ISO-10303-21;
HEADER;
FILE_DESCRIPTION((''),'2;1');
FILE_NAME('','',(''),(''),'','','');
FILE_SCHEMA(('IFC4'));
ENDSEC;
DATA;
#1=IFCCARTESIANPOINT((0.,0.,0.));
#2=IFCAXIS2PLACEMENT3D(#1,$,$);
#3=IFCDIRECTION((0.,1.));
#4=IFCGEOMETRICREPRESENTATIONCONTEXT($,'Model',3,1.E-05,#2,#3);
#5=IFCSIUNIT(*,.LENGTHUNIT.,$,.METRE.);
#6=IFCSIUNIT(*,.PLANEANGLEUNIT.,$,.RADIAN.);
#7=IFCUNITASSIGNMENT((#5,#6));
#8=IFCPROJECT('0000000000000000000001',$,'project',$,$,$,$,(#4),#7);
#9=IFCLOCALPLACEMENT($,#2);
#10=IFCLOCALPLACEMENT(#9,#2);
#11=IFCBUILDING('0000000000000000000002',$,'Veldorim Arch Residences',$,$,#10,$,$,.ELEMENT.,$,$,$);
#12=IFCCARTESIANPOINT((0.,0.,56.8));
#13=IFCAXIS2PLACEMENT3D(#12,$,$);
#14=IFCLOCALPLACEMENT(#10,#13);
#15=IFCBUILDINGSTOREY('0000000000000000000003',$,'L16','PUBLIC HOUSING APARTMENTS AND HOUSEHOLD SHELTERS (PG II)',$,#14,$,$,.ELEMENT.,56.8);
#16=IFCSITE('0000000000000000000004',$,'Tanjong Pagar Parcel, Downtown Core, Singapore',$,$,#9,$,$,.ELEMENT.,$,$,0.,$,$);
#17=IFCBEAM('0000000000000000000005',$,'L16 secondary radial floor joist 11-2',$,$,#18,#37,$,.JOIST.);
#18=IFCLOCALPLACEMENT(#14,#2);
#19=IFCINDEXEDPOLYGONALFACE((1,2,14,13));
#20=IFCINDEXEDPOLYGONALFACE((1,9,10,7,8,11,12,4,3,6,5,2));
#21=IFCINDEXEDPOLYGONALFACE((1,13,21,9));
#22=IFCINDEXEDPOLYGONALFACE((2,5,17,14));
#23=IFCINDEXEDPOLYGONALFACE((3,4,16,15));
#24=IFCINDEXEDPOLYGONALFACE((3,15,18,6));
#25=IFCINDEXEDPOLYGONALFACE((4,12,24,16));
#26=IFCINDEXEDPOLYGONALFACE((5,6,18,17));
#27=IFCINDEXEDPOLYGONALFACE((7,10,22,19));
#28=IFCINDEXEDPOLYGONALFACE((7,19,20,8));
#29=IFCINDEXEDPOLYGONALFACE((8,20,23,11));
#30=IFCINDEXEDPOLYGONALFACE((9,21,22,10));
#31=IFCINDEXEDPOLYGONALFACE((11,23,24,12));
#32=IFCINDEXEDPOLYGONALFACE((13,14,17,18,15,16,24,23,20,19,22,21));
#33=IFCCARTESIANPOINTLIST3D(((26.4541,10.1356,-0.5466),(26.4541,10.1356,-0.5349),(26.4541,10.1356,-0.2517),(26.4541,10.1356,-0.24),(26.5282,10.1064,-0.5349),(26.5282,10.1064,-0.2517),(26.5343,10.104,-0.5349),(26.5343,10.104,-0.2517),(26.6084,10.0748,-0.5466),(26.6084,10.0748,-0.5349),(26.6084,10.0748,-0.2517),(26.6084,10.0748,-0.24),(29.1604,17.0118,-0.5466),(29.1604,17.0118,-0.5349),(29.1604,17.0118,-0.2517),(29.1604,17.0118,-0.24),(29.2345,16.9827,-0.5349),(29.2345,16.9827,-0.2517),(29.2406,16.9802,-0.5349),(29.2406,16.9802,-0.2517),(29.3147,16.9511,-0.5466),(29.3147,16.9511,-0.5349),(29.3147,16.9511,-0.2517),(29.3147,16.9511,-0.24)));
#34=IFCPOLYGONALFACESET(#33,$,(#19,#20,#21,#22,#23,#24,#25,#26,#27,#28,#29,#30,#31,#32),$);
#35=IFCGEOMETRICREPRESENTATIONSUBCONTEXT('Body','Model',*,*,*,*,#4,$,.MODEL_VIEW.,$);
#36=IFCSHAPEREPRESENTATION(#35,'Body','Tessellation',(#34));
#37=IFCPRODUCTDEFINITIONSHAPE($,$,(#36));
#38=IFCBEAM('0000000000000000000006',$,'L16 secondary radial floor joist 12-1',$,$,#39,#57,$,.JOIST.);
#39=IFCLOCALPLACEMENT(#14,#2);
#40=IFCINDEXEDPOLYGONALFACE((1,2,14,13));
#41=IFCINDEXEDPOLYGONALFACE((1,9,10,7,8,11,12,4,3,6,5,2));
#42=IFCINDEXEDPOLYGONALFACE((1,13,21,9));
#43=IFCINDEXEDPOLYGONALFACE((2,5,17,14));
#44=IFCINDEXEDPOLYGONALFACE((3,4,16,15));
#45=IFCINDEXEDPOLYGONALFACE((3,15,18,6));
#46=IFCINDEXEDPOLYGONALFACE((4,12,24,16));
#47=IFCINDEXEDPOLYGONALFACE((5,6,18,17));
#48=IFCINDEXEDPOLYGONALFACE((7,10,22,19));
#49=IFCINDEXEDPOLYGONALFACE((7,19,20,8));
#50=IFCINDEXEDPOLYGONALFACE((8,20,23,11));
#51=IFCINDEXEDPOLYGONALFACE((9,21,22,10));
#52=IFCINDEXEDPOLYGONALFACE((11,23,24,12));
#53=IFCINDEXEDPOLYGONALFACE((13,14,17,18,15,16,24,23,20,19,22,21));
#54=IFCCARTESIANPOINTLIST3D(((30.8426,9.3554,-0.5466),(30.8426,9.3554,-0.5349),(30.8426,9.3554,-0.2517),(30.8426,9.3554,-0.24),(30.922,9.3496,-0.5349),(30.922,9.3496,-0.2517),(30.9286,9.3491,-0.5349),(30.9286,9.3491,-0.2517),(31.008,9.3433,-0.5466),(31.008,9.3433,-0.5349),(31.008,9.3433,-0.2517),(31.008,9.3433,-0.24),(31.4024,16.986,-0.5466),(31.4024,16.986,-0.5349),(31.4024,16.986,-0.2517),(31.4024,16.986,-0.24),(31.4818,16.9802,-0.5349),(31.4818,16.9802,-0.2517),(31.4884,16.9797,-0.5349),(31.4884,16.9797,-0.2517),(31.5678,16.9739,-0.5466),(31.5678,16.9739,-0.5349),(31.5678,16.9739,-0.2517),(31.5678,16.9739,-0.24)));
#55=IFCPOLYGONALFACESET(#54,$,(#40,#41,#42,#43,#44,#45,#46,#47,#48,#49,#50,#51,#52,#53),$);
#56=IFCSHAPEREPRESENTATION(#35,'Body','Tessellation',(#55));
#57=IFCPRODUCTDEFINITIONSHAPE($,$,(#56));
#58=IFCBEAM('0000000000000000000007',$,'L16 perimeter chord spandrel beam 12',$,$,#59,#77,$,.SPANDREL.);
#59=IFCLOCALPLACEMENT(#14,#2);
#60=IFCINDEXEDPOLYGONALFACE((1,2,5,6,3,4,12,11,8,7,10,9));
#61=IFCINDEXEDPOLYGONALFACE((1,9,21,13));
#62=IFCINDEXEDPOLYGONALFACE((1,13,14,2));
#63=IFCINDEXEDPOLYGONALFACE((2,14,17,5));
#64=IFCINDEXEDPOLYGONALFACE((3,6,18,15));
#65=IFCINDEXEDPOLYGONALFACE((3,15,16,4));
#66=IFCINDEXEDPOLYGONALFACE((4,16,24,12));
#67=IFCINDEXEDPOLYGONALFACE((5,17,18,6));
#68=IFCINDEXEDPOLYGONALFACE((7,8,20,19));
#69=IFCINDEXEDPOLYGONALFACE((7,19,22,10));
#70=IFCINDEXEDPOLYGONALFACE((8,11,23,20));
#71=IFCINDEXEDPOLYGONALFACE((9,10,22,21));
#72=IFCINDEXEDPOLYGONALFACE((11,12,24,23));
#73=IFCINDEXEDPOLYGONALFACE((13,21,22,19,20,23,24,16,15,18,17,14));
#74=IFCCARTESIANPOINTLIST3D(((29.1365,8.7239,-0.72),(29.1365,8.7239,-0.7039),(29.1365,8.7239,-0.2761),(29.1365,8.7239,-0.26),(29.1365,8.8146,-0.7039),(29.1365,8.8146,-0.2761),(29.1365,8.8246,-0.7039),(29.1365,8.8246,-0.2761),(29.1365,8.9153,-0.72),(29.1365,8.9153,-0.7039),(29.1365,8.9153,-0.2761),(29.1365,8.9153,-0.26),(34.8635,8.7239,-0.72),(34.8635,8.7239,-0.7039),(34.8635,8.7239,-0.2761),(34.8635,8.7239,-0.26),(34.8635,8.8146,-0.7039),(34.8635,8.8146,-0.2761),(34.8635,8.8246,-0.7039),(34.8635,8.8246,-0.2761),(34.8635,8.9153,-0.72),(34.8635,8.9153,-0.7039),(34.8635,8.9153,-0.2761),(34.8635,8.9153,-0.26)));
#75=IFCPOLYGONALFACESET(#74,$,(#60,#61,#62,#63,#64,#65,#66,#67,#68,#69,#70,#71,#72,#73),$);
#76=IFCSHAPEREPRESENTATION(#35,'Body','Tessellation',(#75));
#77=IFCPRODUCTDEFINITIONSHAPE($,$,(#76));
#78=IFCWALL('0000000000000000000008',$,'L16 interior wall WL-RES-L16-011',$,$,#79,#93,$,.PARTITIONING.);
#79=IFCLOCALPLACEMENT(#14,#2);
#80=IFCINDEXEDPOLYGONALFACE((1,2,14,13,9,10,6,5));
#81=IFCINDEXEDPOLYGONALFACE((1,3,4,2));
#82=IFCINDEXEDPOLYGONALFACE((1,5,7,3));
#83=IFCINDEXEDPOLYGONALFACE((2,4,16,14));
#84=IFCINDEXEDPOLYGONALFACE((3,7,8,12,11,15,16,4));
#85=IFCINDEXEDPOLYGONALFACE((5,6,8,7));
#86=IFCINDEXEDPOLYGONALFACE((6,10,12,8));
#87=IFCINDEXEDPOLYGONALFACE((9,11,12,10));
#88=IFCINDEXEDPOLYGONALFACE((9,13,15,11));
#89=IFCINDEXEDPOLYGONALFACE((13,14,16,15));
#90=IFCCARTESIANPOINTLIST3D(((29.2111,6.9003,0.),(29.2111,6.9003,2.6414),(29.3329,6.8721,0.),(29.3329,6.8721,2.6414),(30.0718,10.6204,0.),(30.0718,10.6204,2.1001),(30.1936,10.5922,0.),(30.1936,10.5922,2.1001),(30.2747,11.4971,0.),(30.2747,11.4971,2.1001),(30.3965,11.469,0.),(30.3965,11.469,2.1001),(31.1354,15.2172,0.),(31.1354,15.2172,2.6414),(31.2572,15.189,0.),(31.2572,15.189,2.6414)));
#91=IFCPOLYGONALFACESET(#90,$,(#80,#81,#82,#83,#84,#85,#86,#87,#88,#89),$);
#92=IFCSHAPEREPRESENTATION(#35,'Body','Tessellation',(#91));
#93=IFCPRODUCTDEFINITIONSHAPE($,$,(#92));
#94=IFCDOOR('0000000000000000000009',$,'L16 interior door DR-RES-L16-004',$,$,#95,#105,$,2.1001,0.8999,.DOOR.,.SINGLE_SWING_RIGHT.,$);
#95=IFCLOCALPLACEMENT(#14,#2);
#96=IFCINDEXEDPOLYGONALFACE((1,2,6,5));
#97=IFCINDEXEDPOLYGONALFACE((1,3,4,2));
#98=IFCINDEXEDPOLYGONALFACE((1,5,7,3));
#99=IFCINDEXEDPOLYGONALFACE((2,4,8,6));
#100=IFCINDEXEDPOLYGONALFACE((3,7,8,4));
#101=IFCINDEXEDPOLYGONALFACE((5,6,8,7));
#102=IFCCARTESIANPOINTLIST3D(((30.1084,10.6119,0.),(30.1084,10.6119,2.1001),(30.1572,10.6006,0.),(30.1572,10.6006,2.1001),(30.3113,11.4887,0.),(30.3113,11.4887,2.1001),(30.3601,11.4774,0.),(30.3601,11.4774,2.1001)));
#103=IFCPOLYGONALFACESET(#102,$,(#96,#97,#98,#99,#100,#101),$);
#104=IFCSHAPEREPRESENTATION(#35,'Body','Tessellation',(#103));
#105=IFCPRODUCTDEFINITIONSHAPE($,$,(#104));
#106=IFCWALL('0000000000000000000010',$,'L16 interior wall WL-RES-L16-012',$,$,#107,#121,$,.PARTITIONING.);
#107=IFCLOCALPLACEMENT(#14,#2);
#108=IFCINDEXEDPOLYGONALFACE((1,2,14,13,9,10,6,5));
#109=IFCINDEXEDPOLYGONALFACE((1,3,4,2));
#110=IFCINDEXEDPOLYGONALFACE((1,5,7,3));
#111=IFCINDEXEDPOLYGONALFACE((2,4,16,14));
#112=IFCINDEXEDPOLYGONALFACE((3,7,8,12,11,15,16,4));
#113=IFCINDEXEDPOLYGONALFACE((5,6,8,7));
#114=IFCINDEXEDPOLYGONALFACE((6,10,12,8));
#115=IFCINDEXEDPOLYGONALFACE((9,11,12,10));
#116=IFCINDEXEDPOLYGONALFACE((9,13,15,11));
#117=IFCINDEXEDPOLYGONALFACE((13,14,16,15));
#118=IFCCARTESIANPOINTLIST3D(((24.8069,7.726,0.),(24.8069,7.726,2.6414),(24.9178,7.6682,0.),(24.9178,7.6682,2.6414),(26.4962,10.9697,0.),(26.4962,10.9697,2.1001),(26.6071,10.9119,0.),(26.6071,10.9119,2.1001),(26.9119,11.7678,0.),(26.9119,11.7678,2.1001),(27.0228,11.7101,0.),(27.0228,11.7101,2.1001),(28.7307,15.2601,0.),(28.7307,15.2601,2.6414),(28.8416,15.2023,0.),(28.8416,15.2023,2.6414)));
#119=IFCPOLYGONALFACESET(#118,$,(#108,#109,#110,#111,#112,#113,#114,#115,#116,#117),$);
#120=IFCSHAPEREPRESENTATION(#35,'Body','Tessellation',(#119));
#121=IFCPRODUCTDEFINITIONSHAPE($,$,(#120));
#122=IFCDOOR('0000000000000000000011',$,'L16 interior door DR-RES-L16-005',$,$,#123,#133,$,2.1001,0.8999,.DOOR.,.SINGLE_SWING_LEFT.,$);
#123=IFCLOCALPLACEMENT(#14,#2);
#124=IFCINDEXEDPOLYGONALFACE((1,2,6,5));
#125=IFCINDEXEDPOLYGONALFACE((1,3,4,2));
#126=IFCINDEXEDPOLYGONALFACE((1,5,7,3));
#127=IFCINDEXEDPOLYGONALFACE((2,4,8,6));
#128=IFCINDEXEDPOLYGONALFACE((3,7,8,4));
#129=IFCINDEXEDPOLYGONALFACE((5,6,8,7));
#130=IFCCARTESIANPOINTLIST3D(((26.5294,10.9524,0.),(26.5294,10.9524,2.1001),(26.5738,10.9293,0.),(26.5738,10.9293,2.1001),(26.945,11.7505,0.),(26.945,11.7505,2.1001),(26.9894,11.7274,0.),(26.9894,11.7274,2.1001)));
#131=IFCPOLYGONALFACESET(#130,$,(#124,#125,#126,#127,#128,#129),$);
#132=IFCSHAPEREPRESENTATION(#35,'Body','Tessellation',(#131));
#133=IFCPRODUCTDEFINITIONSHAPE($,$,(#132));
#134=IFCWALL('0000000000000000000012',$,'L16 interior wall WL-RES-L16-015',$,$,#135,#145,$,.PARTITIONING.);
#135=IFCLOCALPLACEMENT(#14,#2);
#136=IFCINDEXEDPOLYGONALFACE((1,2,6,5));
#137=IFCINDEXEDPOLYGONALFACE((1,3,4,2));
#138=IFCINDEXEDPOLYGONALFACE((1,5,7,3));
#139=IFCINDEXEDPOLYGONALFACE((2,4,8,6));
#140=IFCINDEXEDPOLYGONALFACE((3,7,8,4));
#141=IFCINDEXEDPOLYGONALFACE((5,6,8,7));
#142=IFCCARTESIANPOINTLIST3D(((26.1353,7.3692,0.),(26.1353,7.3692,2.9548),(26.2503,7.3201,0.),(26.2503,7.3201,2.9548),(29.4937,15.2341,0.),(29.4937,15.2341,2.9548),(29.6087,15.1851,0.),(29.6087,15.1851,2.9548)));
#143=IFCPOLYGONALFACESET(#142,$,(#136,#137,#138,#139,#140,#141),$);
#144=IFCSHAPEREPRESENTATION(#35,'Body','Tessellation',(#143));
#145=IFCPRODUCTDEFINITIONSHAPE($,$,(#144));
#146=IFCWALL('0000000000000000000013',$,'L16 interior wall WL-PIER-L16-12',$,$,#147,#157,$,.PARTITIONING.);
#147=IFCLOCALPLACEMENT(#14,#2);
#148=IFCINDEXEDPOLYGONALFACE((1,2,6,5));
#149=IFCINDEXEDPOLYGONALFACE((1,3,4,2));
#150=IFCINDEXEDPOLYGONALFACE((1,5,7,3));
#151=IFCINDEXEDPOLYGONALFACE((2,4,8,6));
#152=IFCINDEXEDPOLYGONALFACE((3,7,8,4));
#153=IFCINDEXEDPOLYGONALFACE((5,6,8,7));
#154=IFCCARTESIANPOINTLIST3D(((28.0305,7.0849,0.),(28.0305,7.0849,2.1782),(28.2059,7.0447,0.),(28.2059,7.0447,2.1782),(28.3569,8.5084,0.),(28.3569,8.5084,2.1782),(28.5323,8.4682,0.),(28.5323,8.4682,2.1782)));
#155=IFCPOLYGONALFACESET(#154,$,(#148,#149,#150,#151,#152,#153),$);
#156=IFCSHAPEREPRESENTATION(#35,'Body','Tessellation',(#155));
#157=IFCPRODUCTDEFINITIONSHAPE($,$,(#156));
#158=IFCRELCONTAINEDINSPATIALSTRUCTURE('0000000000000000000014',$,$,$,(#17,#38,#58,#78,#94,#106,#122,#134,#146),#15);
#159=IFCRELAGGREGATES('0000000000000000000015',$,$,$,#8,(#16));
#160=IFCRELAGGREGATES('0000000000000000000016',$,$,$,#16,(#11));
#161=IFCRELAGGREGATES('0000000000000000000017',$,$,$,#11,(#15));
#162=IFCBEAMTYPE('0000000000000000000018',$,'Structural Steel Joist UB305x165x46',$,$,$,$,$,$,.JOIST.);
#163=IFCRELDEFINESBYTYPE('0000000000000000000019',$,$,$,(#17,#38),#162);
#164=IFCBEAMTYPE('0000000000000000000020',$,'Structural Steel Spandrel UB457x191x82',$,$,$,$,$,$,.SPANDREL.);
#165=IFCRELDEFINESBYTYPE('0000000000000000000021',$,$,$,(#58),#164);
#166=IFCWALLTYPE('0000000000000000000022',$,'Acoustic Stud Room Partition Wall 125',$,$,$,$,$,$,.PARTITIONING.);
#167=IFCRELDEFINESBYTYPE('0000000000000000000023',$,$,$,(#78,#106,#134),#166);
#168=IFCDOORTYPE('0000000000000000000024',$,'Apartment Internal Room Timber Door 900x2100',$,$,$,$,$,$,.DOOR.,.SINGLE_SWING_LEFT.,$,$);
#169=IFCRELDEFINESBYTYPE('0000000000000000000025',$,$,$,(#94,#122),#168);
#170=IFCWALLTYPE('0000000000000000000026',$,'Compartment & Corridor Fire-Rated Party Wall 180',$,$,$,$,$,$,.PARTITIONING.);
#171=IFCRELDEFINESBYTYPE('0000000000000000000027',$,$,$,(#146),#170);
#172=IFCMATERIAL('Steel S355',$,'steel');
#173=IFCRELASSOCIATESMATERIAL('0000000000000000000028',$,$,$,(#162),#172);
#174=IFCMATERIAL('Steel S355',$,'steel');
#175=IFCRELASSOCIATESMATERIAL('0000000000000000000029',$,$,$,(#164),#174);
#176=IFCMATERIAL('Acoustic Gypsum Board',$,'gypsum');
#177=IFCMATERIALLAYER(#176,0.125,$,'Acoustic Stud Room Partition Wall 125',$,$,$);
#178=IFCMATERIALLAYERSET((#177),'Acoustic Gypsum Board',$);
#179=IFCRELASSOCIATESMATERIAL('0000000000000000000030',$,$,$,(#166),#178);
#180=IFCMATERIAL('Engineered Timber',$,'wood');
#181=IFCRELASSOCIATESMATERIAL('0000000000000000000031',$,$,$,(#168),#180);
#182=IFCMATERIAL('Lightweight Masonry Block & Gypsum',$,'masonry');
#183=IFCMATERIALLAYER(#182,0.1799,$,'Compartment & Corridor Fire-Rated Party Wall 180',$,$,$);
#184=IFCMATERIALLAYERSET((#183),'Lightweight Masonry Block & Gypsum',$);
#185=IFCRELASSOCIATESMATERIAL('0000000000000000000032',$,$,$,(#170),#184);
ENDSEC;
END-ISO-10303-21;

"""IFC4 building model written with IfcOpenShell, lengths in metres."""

from ifc_helpers import new_model, si_unit, direction, frame, frame_2d, origin, origin_2d, place, context, subcontext, project, spatial, rectangle, i_section, extrude, material, layer, layer_set, material_profile, profile_set, type_object, element, fill, save


model = new_model("IFC4")

# Units and contexts
model_context = context("Model", 3, precision=1e-05, world=origin(), true_north=direction((0.0, 1.0)))
body_context = subcontext(model_context, "Body", "Model", "MODEL_VIEW")
ifc_project = project(units=[si_unit("LENGTHUNIT", "METRE"), si_unit("PLANEANGLEUNIT", "RADIAN")], contexts=[model_context])

# Site, building, storey
site_placement = place(None, origin())
site = spatial("IfcSite", under=ifc_project, at=site_placement, Name="Tanjong Pagar Parcel, Downtown Core, Singapore", CompositionType="ELEMENT", RefElevation=0.0)
building_placement = place(site_placement, origin())
building = spatial("IfcBuilding", under=site, at=building_placement, Name="Veldorim Arch Residences", CompositionType="ELEMENT")
storey_placement = place(building_placement, frame((0.0, 0.0, 56.8)))
storey = spatial("IfcBuildingStorey", under=building, at=storey_placement, Name="L16", Description="PUBLIC HOUSING APARTMENTS AND HOUSEHOLD SHELTERS (PG II)", CompositionType="ELEMENT", Elevation=56.8)

# Beams
ifc_material_1 = material(Name="Steel S355", Category="steel")
ifc_material_profile_1 = material_profile(ifc_material_1, i_section(OverallWidth=0.1658, OverallDepth=0.3066, WebThickness=0.0066, FlangeThickness=0.0117, at=origin_2d()), Name="UB305x165x46")
ifc_profile_set_1 = profile_set([ifc_material_profile_1], Name="Steel S355")
beam_type_1 = type_object("IfcBeamType", Name="Structural Steel Joist UB305x165x46", PredefinedType="JOIST", material=ifc_profile_set_1)
beam_1_placement = place(storey_placement, frame((29.2375, 16.9814, -0.3933), z_axis=(-0.36623, -0.930524, 0.0), x_axis=(0.930524, -0.36623, 0.0)))
element("IfcBeam", 1, at=beam_1_placement, inside=storey, type_object=beam_type_1, Name="L16 secondary radial floor joist 11-2", PredefinedType="JOIST", context=body_context, shape_type="SweptSolid", body=[
    extrude(i_section(OverallWidth=0.1658, OverallDepth=0.3066, WebThickness=0.0066, FlangeThickness=0.0117, at=origin_2d()), origin(), (0.0, 0.0, 1.0), 7.3896),
])
beam_2_placement = place(storey_placement, frame((31.4851, 16.98, -0.3933), z_axis=(-0.073168, -0.99732, 0.0), x_axis=(0.99732, -0.073168, 0.0)))
element("IfcBeam", 2, at=beam_2_placement, inside=storey, type_object=beam_type_1, Name="L16 secondary radial floor joist 12-1", PredefinedType="JOIST", context=body_context, shape_type="SweptSolid", body=[
    extrude(i_section(OverallWidth=0.1658, OverallDepth=0.3066, WebThickness=0.0066, FlangeThickness=0.0117, at=origin_2d()), origin(), (0.0, 0.0, 1.0), 7.6511),
])
ifc_material_2 = material(Name="Steel S355", Category="steel")
ifc_material_profile_2 = material_profile(ifc_material_2, i_section(OverallWidth=0.1914, OverallDepth=0.46, WebThickness=0.01, FlangeThickness=0.0161, at=origin_2d()), Name="UB457x191x82")
ifc_profile_set_2 = profile_set([ifc_material_profile_2], Name="Steel S355")
beam_type_2 = type_object("IfcBeamType", Name="Structural Steel Spandrel UB457x191x82", PredefinedType="SPANDREL", material=ifc_profile_set_2)
beam_3_placement = place(storey_placement, frame((29.1365, 8.8196, -0.49), z_axis=(1.0, 0.0, 0.0), x_axis=(0.0, 1.0, 0.0)))
element("IfcBeam", 3, at=beam_3_placement, inside=storey, type_object=beam_type_2, Name="L16 perimeter chord spandrel beam 12", PredefinedType="SPANDREL", context=body_context, shape_type="SweptSolid", body=[
    extrude(i_section(OverallWidth=0.1914, OverallDepth=0.46, WebThickness=0.01, FlangeThickness=0.0161, at=origin_2d()), origin(), (0.0, 0.0, 1.0), 5.7271),
])

# Walls, openings, doors
ifc_material_3 = material(Name="Acoustic Gypsum Board", Category="gypsum")
ifc_layer_1 = layer(ifc_material_3, 0.125, Name="Acoustic Stud Room Partition Wall 125")
ifc_layer_set_1 = layer_set([ifc_layer_1], Name="Acoustic Gypsum Board")
wall_type_1 = type_object("IfcWallType", Name="Acoustic Stud Room Partition Wall 125", PredefinedType="PARTITIONING", material=ifc_layer_set_1)
wall_1_placement = place(storey_placement, frame((29.272, 6.8862, 0.0), z_axis=(0.0, 0.0, 1.0), x_axis=(0.225419, 0.974262, 0.0)))
wall_1 = element("IfcWall", 4, at=wall_1_placement, inside=storey, type_object=wall_type_1, Name="L16 interior wall WL-RES-L16-011", PredefinedType="PARTITIONING", context=body_context, shape_type="SweptSolid", body=[
    extrude(rectangle(XDim=8.5366, YDim=0.125, at=frame_2d((4.2683, 0.0))), origin(), (0.0, 0.0, 1.0), 2.6414),
])
opening_1_placement = place(wall_1_placement, frame((3.8184, 0.0, 0.0)))
opening_1 = element("IfcOpeningElement", 5, at=opening_1_placement, cuts=wall_1, PredefinedType="OPENING", context=body_context, shape_type="SweptSolid", body=[
    extrude(rectangle(XDim=0.8999, YDim=2.1001, at=frame_2d((0.45, 1.05))), frame((0.0, 0.0725, 0.0), z_axis=(0.0, -1.0, 0.0), x_axis=(1.0, 0.0, 0.0)), (0.0, 0.0, 1.0), 0.145),
])
ifc_material_4 = material(Name="Engineered Timber", Category="wood")
door_type_1 = type_object("IfcDoorType", Name="Apartment Internal Room Timber Door 900x2100", OperationType="SINGLE_SWING_LEFT", PredefinedType="DOOR", material=ifc_material_4)
door_1_placement = place(opening_1_placement, origin())
door_1 = element("IfcDoor", 6, at=door_1_placement, inside=storey, type_object=door_type_1, Name="L16 interior door DR-RES-L16-004", OperationType="SINGLE_SWING_RIGHT", OverallHeight=2.1001, OverallWidth=0.8999, PredefinedType="DOOR", context=body_context, shape_type="SweptSolid", body=[
    extrude(rectangle(XDim=0.8999, YDim=2.1001, at=frame_2d((0.45, 1.05))), frame((0.0, 0.0249, 0.0), z_axis=(0.0, -1.0, 0.0), x_axis=(1.0, 0.0, 0.0)), (0.0, 0.0, 1.0), 0.05),
])
fill(opening_1, door_1)
wall_2_placement = place(storey_placement, frame((28.7861, 15.2312, 0.0), z_axis=(0.0, 0.0, 1.0), x_axis=(-0.461914, -0.886925, 0.0)))
wall_2 = element("IfcWall", 7, at=wall_2_placement, inside=storey, type_object=wall_type_1, Name="L16 interior wall WL-RES-L16-012", PredefinedType="PARTITIONING", context=body_context, shape_type="SweptSolid", body=[
    extrude(rectangle(XDim=8.4946, YDim=0.125, at=frame_2d((4.2473, 0.0))), origin(), (0.0, 0.0, 1.0), 2.6414),
])
opening_2_placement = place(wall_2_placement, frame((3.9375, 0.0, 0.0)))
opening_2 = element("IfcOpeningElement", 8, at=opening_2_placement, cuts=wall_2, PredefinedType="OPENING", context=body_context, shape_type="SweptSolid", body=[
    extrude(rectangle(XDim=0.8999, YDim=2.1001, at=frame_2d((0.45, 1.05))), frame((0.0, 0.0725, 0.0), z_axis=(0.0, -1.0, 0.0), x_axis=(1.0, 0.0, 0.0)), (0.0, 0.0, 1.0), 0.145),
])
door_2_placement = place(opening_2_placement, origin())
door_2 = element("IfcDoor", 9, at=door_2_placement, inside=storey, type_object=door_type_1, Name="L16 interior door DR-RES-L16-005", OperationType="SINGLE_SWING_LEFT", OverallHeight=2.1001, OverallWidth=0.8999, PredefinedType="DOOR", context=body_context, shape_type="SweptSolid", body=[
    extrude(rectangle(XDim=0.8999, YDim=2.1001, at=frame_2d((0.45, 1.05))), frame((0.0, 0.0249, 0.0), z_axis=(0.0, -1.0, 0.0), x_axis=(1.0, 0.0, 0.0)), (0.0, 0.0, 1.0), 0.05),
])
fill(opening_2, door_2)

# Walls
wall_3_placement = place(storey_placement, frame((26.1929, 7.3447, 0.0), z_axis=(0.0, 0.0, 1.0), x_axis=(0.392703, 0.919665, 0.0)))
element("IfcWall", 10, at=wall_3_placement, inside=storey, type_object=wall_type_1, Name="L16 interior wall WL-RES-L16-015", PredefinedType="PARTITIONING", context=body_context, shape_type="SweptSolid", body=[
    extrude(rectangle(XDim=8.552, YDim=0.125, at=frame_2d((4.2759, 0.0))), origin(), (0.0, 0.0, 1.0), 2.9548),
])
ifc_material_5 = material(Name="Lightweight Masonry Block & Gypsum", Category="masonry")
ifc_layer_2 = layer(ifc_material_5, 0.1799, Name="Compartment & Corridor Fire-Rated Party Wall 180")
ifc_layer_set_2 = layer_set([ifc_layer_2], Name="Lightweight Masonry Block & Gypsum")
wall_type_2 = type_object("IfcWallType", Name="Compartment & Corridor Fire-Rated Party Wall 180", PredefinedType="PARTITIONING", material=ifc_layer_set_2)
wall_4_placement = place(storey_placement, frame((28.4446, 8.4883, 0.0), z_axis=(0.0, 0.0, 1.0), x_axis=(-0.223492, -0.974706, 0.0)))
element("IfcWall", 11, at=wall_4_placement, inside=storey, type_object=wall_type_2, Name="L16 interior wall WL-PIER-L16-12", PredefinedType="PARTITIONING", context=body_context, shape_type="SweptSolid", body=[
    extrude(rectangle(XDim=1.4604, YDim=0.1799, at=frame_2d((0.7302, 0.0))), origin(), (0.0, 0.0, 1.0), 2.1782),
])

save(model, "model.ifc")
